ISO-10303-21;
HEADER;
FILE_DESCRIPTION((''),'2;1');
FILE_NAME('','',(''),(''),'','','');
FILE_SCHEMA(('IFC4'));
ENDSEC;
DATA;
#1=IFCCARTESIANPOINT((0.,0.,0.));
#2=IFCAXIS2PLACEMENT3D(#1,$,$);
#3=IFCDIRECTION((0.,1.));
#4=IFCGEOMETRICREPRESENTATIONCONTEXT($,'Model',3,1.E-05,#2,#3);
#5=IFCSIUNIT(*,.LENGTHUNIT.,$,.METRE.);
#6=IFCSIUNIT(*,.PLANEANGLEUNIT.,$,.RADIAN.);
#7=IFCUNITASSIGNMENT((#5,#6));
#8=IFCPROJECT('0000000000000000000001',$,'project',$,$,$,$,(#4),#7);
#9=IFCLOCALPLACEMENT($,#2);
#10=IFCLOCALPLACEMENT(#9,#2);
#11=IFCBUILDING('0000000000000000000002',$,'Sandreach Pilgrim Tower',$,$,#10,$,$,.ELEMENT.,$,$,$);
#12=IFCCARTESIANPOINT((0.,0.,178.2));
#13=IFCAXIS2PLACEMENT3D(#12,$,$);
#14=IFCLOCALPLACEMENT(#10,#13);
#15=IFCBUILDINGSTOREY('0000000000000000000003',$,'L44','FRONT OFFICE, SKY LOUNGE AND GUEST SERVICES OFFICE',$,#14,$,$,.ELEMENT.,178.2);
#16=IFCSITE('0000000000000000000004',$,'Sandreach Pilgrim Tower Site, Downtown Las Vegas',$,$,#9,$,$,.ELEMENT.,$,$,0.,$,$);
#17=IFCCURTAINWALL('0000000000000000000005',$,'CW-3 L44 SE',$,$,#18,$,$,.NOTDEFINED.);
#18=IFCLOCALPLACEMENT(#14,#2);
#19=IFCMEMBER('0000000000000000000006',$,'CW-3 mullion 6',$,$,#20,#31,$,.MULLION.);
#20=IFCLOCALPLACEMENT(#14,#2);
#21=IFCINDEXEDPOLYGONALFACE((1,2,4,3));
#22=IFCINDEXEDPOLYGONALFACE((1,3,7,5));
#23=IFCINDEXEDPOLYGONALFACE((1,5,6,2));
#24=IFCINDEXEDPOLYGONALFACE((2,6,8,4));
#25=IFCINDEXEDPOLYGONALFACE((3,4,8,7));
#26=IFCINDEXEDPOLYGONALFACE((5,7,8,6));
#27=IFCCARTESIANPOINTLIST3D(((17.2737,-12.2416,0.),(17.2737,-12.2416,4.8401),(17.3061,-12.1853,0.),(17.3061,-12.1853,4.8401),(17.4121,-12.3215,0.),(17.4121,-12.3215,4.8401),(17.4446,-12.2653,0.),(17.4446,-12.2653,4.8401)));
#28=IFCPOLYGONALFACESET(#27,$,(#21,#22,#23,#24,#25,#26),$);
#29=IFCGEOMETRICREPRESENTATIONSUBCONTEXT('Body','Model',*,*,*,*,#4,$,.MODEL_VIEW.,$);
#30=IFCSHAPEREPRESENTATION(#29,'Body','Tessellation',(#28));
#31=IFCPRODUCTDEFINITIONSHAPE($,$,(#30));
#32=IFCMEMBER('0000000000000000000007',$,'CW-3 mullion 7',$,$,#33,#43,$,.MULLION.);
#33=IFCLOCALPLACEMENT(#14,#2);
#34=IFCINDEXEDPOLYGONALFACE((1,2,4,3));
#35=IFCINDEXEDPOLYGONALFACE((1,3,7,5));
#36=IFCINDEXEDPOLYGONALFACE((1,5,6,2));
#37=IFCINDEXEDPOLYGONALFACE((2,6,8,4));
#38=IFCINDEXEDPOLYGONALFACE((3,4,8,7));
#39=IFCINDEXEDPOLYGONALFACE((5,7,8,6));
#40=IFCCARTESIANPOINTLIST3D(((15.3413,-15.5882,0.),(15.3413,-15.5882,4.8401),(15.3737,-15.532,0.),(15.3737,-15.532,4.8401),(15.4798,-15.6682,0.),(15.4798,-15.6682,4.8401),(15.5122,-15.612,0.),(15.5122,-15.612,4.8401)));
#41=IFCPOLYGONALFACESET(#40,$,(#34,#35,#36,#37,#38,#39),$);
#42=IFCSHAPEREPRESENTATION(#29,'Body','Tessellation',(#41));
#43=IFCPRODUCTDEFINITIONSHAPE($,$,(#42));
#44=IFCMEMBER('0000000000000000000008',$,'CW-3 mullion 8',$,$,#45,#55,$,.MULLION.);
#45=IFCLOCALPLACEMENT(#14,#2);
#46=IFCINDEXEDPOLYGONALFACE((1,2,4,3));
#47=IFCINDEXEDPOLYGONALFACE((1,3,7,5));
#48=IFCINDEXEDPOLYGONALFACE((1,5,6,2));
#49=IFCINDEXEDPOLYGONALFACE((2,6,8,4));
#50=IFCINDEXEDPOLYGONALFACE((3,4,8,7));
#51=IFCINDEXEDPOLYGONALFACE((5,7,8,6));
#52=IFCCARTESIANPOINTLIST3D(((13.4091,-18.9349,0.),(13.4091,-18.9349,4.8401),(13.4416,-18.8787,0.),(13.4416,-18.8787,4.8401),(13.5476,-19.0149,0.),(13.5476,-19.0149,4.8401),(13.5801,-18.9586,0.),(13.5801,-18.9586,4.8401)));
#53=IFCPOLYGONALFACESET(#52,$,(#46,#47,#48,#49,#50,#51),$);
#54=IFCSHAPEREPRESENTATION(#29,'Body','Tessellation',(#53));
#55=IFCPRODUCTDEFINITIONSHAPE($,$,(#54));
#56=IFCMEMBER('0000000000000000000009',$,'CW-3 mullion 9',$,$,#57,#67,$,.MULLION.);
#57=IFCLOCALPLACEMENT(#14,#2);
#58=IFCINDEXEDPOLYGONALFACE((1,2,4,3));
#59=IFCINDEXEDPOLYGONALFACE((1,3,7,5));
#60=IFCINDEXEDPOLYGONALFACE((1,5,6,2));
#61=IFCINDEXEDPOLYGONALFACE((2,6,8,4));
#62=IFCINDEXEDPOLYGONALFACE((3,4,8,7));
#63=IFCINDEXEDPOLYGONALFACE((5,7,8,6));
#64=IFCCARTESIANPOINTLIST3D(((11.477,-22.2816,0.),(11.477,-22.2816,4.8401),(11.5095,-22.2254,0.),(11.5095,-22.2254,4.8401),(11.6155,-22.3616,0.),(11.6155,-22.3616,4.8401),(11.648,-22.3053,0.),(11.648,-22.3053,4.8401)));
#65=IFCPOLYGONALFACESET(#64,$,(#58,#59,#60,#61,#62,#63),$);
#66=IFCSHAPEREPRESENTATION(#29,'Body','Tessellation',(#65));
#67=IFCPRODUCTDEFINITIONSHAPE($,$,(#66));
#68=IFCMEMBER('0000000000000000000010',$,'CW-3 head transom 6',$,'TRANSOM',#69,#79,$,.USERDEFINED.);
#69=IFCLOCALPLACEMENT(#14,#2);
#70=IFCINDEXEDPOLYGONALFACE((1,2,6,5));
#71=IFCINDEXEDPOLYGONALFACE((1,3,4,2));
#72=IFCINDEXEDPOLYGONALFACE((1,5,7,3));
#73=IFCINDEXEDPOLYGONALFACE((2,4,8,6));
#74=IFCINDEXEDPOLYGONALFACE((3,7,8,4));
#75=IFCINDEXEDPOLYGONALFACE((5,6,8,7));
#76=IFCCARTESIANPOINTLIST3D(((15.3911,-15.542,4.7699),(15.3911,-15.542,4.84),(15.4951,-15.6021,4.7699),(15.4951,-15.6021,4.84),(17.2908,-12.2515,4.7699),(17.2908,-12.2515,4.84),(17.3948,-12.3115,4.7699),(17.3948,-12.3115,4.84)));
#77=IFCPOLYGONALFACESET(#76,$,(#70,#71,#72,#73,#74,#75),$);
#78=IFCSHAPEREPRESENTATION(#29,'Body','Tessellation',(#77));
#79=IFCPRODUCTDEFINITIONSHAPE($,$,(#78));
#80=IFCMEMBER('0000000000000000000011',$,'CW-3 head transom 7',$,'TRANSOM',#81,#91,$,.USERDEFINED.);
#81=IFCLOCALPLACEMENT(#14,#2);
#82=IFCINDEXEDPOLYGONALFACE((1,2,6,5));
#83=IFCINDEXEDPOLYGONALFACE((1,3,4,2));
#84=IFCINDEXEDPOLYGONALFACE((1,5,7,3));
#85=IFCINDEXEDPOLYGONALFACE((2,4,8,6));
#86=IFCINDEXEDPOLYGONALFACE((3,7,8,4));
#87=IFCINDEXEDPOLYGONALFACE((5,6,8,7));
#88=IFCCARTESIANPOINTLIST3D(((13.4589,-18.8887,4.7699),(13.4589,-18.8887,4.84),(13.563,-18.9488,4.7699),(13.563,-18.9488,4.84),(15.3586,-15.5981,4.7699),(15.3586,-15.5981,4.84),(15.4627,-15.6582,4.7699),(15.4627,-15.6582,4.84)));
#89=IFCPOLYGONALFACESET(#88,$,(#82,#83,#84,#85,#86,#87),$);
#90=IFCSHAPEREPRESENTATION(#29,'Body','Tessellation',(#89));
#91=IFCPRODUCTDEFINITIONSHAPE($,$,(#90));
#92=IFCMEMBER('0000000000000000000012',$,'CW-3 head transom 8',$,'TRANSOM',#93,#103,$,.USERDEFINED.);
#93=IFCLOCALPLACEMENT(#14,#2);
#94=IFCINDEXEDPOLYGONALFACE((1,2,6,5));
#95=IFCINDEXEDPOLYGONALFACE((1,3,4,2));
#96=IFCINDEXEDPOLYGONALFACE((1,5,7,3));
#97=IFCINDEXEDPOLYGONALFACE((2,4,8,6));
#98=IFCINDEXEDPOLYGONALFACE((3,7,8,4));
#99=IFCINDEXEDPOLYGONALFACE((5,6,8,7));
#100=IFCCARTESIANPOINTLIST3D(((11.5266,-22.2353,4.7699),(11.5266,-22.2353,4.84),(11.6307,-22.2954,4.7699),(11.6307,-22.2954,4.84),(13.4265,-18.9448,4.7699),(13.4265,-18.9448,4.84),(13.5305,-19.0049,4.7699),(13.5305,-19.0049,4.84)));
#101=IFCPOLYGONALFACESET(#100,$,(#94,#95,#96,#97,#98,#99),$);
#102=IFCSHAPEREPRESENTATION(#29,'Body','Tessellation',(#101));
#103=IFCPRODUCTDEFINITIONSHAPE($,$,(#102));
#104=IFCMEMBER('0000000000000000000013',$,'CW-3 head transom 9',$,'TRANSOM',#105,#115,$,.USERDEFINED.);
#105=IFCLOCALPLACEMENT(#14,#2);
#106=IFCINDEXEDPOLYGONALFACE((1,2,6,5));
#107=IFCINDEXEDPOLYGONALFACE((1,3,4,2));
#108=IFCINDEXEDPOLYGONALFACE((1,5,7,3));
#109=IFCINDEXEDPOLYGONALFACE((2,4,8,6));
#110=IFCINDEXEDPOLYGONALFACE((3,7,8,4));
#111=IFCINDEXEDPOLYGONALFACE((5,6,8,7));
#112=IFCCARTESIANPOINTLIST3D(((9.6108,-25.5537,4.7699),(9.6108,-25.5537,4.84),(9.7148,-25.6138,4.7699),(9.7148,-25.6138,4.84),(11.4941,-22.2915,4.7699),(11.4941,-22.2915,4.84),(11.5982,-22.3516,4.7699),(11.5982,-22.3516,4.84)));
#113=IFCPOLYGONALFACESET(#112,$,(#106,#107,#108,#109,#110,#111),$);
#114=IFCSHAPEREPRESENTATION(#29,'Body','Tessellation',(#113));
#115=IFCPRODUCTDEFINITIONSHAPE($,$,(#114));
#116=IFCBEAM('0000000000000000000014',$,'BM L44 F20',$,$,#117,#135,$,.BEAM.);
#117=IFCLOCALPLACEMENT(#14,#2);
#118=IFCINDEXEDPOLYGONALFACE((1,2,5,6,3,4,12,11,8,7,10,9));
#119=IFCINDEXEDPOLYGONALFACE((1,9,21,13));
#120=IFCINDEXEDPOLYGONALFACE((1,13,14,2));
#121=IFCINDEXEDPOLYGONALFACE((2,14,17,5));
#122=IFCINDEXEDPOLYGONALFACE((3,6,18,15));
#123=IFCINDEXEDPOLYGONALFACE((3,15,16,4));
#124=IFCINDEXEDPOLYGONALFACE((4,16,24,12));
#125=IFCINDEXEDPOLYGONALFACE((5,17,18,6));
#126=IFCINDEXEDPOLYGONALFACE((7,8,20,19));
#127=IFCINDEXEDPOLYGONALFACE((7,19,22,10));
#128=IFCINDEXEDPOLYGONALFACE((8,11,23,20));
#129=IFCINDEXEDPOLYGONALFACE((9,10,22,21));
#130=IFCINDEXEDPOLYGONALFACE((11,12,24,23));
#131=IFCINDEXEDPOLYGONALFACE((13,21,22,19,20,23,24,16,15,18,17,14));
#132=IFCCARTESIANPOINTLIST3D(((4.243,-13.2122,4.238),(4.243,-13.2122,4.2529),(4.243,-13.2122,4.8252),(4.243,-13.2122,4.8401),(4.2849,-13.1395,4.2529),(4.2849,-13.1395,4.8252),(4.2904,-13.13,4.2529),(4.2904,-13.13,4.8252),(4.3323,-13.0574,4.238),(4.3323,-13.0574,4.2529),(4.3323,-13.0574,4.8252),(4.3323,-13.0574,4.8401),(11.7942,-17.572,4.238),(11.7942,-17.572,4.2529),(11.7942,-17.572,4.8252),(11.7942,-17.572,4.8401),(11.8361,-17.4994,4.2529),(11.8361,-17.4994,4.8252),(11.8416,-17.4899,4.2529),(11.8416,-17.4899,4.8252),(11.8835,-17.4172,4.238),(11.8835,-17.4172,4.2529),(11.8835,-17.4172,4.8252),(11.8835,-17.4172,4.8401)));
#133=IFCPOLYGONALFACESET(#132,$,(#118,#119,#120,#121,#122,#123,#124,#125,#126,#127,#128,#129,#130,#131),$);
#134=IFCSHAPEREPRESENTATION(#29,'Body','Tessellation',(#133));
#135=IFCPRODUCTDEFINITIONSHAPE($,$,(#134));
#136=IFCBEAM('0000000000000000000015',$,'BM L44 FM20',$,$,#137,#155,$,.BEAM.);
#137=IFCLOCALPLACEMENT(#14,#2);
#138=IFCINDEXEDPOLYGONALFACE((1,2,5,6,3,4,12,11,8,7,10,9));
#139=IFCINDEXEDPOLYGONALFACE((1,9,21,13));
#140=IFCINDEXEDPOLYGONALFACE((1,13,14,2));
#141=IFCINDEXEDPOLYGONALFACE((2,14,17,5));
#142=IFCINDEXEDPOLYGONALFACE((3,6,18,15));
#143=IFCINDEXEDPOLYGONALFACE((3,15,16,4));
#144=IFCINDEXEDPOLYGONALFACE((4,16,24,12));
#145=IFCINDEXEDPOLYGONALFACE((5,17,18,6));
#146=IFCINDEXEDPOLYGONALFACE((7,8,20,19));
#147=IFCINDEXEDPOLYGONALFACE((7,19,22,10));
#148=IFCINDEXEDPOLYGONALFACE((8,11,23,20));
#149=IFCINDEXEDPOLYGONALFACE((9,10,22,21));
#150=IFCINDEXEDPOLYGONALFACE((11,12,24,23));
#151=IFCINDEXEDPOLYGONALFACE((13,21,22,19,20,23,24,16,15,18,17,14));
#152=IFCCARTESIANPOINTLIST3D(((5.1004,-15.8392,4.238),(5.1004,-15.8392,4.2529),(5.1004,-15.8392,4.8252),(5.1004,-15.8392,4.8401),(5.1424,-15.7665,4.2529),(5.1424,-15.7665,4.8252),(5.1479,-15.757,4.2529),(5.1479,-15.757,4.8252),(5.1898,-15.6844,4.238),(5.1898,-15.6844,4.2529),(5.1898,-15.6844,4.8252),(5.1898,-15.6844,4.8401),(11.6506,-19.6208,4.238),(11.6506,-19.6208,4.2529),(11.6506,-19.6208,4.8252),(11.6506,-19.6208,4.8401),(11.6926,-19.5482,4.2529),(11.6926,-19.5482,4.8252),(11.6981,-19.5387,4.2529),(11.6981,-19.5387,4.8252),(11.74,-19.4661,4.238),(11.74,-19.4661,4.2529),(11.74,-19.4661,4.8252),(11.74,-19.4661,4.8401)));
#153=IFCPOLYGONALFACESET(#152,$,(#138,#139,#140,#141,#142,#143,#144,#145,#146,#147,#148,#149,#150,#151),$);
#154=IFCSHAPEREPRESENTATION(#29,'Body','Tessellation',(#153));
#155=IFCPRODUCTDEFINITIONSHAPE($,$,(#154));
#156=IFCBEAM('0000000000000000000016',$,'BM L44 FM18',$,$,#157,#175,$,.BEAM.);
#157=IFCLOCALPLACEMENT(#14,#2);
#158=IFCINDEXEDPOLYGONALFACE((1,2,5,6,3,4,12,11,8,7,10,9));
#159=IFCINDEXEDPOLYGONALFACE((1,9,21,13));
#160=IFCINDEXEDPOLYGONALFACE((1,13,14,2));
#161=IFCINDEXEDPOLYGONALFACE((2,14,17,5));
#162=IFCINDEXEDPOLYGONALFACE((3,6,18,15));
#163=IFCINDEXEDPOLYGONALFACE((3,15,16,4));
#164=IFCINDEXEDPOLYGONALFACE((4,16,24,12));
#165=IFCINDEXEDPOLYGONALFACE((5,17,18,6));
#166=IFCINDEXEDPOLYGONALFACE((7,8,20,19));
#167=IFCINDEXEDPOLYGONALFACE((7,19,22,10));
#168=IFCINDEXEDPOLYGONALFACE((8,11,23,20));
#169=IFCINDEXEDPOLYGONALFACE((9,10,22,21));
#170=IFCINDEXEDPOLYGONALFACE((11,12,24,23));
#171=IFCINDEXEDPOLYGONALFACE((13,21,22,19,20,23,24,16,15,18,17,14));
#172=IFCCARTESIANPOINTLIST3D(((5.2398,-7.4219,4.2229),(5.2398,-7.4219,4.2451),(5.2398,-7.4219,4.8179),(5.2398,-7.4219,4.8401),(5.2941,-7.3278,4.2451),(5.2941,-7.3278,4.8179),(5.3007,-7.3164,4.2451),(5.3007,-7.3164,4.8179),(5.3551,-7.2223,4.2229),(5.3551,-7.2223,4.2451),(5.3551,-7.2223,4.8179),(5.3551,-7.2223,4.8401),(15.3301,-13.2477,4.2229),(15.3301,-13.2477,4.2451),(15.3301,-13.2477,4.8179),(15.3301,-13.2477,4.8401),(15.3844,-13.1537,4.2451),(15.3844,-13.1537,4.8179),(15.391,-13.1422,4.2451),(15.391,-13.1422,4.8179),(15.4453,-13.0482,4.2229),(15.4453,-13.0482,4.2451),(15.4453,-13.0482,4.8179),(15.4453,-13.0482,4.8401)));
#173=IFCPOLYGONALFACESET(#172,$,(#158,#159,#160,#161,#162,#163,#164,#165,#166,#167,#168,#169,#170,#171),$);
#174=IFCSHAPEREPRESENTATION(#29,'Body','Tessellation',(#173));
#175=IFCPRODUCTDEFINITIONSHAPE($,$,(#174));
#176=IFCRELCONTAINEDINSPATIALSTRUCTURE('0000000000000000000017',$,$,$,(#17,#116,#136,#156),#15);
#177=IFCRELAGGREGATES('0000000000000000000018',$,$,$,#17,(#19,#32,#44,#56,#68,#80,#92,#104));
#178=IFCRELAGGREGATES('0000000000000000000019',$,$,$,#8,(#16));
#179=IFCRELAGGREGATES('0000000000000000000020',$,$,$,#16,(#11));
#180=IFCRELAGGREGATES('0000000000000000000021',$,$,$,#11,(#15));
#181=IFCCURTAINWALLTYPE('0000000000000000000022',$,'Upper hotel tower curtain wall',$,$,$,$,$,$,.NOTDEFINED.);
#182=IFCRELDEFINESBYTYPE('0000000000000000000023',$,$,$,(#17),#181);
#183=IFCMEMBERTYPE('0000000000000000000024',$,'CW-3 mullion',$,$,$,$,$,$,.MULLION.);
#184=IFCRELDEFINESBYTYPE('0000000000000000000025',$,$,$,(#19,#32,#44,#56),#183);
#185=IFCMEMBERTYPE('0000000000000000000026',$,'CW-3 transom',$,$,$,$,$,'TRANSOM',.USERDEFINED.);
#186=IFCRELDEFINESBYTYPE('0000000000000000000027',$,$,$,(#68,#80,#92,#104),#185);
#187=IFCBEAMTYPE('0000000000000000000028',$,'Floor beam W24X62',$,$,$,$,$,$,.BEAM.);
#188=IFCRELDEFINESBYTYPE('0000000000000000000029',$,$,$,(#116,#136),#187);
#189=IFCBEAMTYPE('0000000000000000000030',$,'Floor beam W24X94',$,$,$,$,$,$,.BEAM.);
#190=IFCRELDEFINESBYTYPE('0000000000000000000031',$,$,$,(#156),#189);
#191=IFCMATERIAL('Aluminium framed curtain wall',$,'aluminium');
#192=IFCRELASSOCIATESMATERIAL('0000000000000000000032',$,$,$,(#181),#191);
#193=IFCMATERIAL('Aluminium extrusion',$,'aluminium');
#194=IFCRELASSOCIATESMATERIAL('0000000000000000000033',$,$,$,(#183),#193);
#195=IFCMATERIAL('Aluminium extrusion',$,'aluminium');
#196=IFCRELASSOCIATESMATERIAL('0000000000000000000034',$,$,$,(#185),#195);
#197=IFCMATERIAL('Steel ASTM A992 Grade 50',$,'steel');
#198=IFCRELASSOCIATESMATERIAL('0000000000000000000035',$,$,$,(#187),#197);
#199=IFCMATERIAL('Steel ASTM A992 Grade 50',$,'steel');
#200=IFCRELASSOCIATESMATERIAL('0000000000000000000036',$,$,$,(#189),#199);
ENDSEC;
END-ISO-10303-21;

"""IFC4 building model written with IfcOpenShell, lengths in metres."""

from ifc_helpers import new_model, si_unit, direction, frame, origin, origin_2d, place, context, subcontext, project, spatial, rectangle, i_section, extrude, material, material_profile, profile_set, type_object, element, aggregate, save


model = new_model("IFC4")

# Units and contexts
model_context = context("Model", 3, precision=1e-05, world=origin(), true_north=direction((0.0, 1.0)))
body_context = subcontext(model_context, "Body", "Model", "MODEL_VIEW")
ifc_project = project(units=[si_unit("LENGTHUNIT", "METRE"), si_unit("PLANEANGLEUNIT", "RADIAN")], contexts=[model_context])

# Site, building, storey
site_placement = place(None, origin())
site = spatial("IfcSite", under=ifc_project, at=site_placement, Name="Sandreach Pilgrim Tower Site, Downtown Las Vegas", CompositionType="ELEMENT", RefElevation=0.0)
building_placement = place(site_placement, origin())
building = spatial("IfcBuilding", under=site, at=building_placement, Name="Sandreach Pilgrim Tower", CompositionType="ELEMENT")
storey_placement = place(building_placement, frame((0.0, 0.0, 178.2)))
storey = spatial("IfcBuildingStorey", under=building, at=storey_placement, Name="L44", Description="FRONT OFFICE, SKY LOUNGE AND GUEST SERVICES OFFICE", CompositionType="ELEMENT", Elevation=178.2)

# Curtain wall, members
ifc_material_1 = material(Name="Aluminium framed curtain wall", Category="aluminium")
curtain_wall_type = type_object("IfcCurtainWallType", Name="Upper hotel tower curtain wall", PredefinedType="NOTDEFINED", material=ifc_material_1)
curtain_wall_placement = place(storey_placement, origin())
curtain_wall = element("IfcCurtainWall", 1, at=curtain_wall_placement, inside=storey, type_object=curtain_wall_type, Name="CW-3 L44 SE", PredefinedType="NOTDEFINED")
ifc_material_2 = material(Name="Aluminium extrusion", Category="aluminium")
ifc_material_profile_1 = material_profile(ifc_material_2, rectangle(XDim=0.0649, YDim=0.1599, at=origin_2d()), Name="CW-3M 65X160")
ifc_profile_set_1 = profile_set([ifc_material_profile_1], Name="Aluminium extrusion")
member_type_1 = type_object("IfcMemberType", Name="CW-3 mullion", PredefinedType="MULLION", material=ifc_profile_set_1)
member_1_placement = place(storey_placement, frame((17.3591, -12.2534, 0.0), z_axis=(0.0, 0.0, 1.0), x_axis=(-0.5, -0.866025, 0.0)))
member_1 = element("IfcMember", 2, at=member_1_placement, type_object=member_type_1, Name="CW-3 mullion 6", PredefinedType="MULLION", context=body_context, shape_type="SweptSolid", body=[
    extrude(rectangle(XDim=0.0649, YDim=0.1599, at=origin_2d()), origin(), (0.0, 0.0, 1.0), 4.8401),
])
member_2_placement = place(storey_placement, frame((15.4268, -15.6001, 0.0), z_axis=(0.0, 0.0, 1.0), x_axis=(-0.5, -0.866025, 0.0)))
member_2 = element("IfcMember", 3, at=member_2_placement, type_object=member_type_1, Name="CW-3 mullion 7", PredefinedType="MULLION", context=body_context, shape_type="SweptSolid", body=[
    extrude(rectangle(XDim=0.0649, YDim=0.1599, at=origin_2d()), origin(), (0.0, 0.0, 1.0), 4.8401),
])
member_3_placement = place(storey_placement, frame((13.4946, -18.9468, 0.0), z_axis=(0.0, 0.0, 1.0), x_axis=(-0.5, -0.866025, 0.0)))
member_3 = element("IfcMember", 4, at=member_3_placement, type_object=member_type_1, Name="CW-3 mullion 8", PredefinedType="MULLION", context=body_context, shape_type="SweptSolid", body=[
    extrude(rectangle(XDim=0.0649, YDim=0.1599, at=origin_2d()), origin(), (0.0, 0.0, 1.0), 4.8401),
])
member_4_placement = place(storey_placement, frame((11.5625, -22.2935, 0.0), z_axis=(0.0, 0.0, 1.0), x_axis=(-0.5, -0.866025, 0.0)))
member_4 = element("IfcMember", 5, at=member_4_placement, type_object=member_type_1, Name="CW-3 mullion 9", PredefinedType="MULLION", context=body_context, shape_type="SweptSolid", body=[
    extrude(rectangle(XDim=0.0649, YDim=0.1599, at=origin_2d()), origin(), (0.0, 0.0, 1.0), 4.8401),
])
ifc_material_3 = material(Name="Aluminium extrusion", Category="aluminium")
ifc_material_profile_2 = material_profile(ifc_material_3, rectangle(XDim=0.1201, YDim=0.0701, at=origin_2d()), Name="CW-3T 120X70")
ifc_profile_set_2 = profile_set([ifc_material_profile_2], Name="Aluminium extrusion")
member_type_2 = type_object("IfcMemberType", Name="CW-3 transom", ElementType="TRANSOM", PredefinedType="USERDEFINED", material=ifc_profile_set_2)
member_5_placement = place(storey_placement, frame((17.3428, -12.2815, 4.8049), z_axis=(-0.499975, -0.86604, 0.0), x_axis=(0.86604, -0.499975, 0.0)))
member_5 = element("IfcMember", 6, at=member_5_placement, type_object=member_type_2, Name="CW-3 head transom 6", ObjectType="TRANSOM", PredefinedType="USERDEFINED", context=body_context, shape_type="SweptSolid", body=[
    extrude(rectangle(XDim=0.1201, YDim=0.0701, at=origin_2d()), origin(), (0.0, 0.0, 1.0), 3.7996),
])
member_6_placement = place(storey_placement, frame((15.4106, -15.6282, 4.8049), z_axis=(-0.499975, -0.86604, 0.0), x_axis=(0.86604, -0.499975, 0.0)))
member_6 = element("IfcMember", 7, at=member_6_placement, type_object=member_type_2, Name="CW-3 head transom 7", ObjectType="TRANSOM", PredefinedType="USERDEFINED", context=body_context, shape_type="SweptSolid", body=[
    extrude(rectangle(XDim=0.1201, YDim=0.0701, at=origin_2d()), origin(), (0.0, 0.0, 1.0), 3.7996),
])
member_7_placement = place(storey_placement, frame((13.4785, -18.9749, 4.8049), z_axis=(-0.500023, -0.866012, 0.0), x_axis=(0.866012, -0.500023, 0.0)))
member_7 = element("IfcMember", 8, at=member_7_placement, type_object=member_type_2, Name="CW-3 head transom 8", ObjectType="TRANSOM", PredefinedType="USERDEFINED", context=body_context, shape_type="SweptSolid", body=[
    extrude(rectangle(XDim=0.1201, YDim=0.0701, at=origin_2d()), origin(), (0.0, 0.0, 1.0), 3.7996),
])
member_8_placement = place(storey_placement, frame((11.5461, -22.3215, 4.8049), z_axis=(-0.499973, -0.866041, 0.0), x_axis=(0.866041, -0.499973, 0.0)))
member_8 = element("IfcMember", 9, at=member_8_placement, type_object=member_type_2, Name="CW-3 head transom 9", ObjectType="TRANSOM", PredefinedType="USERDEFINED", context=body_context, shape_type="SweptSolid", body=[
    extrude(rectangle(XDim=0.1201, YDim=0.0701, at=origin_2d()), origin(), (0.0, 0.0, 1.0), 3.7668),
])

# Beams
ifc_material_4 = material(Name="Steel ASTM A992 Grade 50", Category="steel")
ifc_material_profile_3 = material_profile(ifc_material_4, i_section(OverallWidth=0.1787, OverallDepth=0.6021, WebThickness=0.011, FlangeThickness=0.0149, at=origin_2d()), Name="W24X62")
ifc_profile_set_3 = profile_set([ifc_material_profile_3], Name="Steel ASTM A992 Grade 50")
beam_type_1 = type_object("IfcBeamType", Name="Floor beam W24X62", PredefinedType="BEAM", material=ifc_profile_set_3)
beam_1_placement = place(storey_placement, frame((11.8389, -17.4946, 4.5391), z_axis=(-0.866019, 0.500012, 0.0), x_axis=(-0.500012, -0.866019, 0.0)))
element("IfcBeam", 10, at=beam_1_placement, inside=storey, type_object=beam_type_1, Name="BM L44 F20", PredefinedType="BEAM", context=body_context, shape_type="SweptSolid", body=[
    extrude(i_section(OverallWidth=0.1787, OverallDepth=0.6021, WebThickness=0.011, FlangeThickness=0.0149, at=origin_2d()), origin(), (0.0, 0.0, 1.0), 8.7195),
])
beam_2_placement = place(storey_placement, frame((11.6953, -19.5435, 4.5391), z_axis=(-0.86603, 0.499993, 0.0), x_axis=(-0.499993, -0.86603, 0.0)))
element("IfcBeam", 11, at=beam_2_placement, inside=storey, type_object=beam_type_1, Name="BM L44 FM20", PredefinedType="BEAM", context=body_context, shape_type="SweptSolid", body=[
    extrude(i_section(OverallWidth=0.1787, OverallDepth=0.6021, WebThickness=0.011, FlangeThickness=0.0149, at=origin_2d()), origin(), (0.0, 0.0, 1.0), 7.5635),
])
ifc_material_5 = material(Name="Steel ASTM A992 Grade 50", Category="steel")
ifc_material_profile_4 = material_profile(ifc_material_5, i_section(OverallWidth=0.2305, OverallDepth=0.6172, WebThickness=0.0132, FlangeThickness=0.0222, at=origin_2d()), Name="W24X94")
ifc_profile_set_4 = profile_set([ifc_material_profile_4], Name="Steel ASTM A992 Grade 50")
beam_type_2 = type_object("IfcBeamType", Name="Floor beam W24X94", PredefinedType="BEAM", material=ifc_profile_set_4)
beam_3_placement = place(storey_placement, frame((15.3877, -13.1479, 4.5315), z_axis=(-0.866015, 0.500017, 0.0), x_axis=(-0.500017, -0.866015, 0.0)))
element("IfcBeam", 12, at=beam_3_placement, inside=storey, type_object=beam_type_2, Name="BM L44 FM18", PredefinedType="BEAM", context=body_context, shape_type="SweptSolid", body=[
    extrude(i_section(OverallWidth=0.2305, OverallDepth=0.6172, WebThickness=0.0132, FlangeThickness=0.0222, at=origin_2d()), origin(), (0.0, 0.0, 1.0), 11.6514),
])

aggregate(curtain_wall, [member_1, member_2, member_3, member_4, member_5, member_6, member_7, member_8])

save(model, "model.ifc")
